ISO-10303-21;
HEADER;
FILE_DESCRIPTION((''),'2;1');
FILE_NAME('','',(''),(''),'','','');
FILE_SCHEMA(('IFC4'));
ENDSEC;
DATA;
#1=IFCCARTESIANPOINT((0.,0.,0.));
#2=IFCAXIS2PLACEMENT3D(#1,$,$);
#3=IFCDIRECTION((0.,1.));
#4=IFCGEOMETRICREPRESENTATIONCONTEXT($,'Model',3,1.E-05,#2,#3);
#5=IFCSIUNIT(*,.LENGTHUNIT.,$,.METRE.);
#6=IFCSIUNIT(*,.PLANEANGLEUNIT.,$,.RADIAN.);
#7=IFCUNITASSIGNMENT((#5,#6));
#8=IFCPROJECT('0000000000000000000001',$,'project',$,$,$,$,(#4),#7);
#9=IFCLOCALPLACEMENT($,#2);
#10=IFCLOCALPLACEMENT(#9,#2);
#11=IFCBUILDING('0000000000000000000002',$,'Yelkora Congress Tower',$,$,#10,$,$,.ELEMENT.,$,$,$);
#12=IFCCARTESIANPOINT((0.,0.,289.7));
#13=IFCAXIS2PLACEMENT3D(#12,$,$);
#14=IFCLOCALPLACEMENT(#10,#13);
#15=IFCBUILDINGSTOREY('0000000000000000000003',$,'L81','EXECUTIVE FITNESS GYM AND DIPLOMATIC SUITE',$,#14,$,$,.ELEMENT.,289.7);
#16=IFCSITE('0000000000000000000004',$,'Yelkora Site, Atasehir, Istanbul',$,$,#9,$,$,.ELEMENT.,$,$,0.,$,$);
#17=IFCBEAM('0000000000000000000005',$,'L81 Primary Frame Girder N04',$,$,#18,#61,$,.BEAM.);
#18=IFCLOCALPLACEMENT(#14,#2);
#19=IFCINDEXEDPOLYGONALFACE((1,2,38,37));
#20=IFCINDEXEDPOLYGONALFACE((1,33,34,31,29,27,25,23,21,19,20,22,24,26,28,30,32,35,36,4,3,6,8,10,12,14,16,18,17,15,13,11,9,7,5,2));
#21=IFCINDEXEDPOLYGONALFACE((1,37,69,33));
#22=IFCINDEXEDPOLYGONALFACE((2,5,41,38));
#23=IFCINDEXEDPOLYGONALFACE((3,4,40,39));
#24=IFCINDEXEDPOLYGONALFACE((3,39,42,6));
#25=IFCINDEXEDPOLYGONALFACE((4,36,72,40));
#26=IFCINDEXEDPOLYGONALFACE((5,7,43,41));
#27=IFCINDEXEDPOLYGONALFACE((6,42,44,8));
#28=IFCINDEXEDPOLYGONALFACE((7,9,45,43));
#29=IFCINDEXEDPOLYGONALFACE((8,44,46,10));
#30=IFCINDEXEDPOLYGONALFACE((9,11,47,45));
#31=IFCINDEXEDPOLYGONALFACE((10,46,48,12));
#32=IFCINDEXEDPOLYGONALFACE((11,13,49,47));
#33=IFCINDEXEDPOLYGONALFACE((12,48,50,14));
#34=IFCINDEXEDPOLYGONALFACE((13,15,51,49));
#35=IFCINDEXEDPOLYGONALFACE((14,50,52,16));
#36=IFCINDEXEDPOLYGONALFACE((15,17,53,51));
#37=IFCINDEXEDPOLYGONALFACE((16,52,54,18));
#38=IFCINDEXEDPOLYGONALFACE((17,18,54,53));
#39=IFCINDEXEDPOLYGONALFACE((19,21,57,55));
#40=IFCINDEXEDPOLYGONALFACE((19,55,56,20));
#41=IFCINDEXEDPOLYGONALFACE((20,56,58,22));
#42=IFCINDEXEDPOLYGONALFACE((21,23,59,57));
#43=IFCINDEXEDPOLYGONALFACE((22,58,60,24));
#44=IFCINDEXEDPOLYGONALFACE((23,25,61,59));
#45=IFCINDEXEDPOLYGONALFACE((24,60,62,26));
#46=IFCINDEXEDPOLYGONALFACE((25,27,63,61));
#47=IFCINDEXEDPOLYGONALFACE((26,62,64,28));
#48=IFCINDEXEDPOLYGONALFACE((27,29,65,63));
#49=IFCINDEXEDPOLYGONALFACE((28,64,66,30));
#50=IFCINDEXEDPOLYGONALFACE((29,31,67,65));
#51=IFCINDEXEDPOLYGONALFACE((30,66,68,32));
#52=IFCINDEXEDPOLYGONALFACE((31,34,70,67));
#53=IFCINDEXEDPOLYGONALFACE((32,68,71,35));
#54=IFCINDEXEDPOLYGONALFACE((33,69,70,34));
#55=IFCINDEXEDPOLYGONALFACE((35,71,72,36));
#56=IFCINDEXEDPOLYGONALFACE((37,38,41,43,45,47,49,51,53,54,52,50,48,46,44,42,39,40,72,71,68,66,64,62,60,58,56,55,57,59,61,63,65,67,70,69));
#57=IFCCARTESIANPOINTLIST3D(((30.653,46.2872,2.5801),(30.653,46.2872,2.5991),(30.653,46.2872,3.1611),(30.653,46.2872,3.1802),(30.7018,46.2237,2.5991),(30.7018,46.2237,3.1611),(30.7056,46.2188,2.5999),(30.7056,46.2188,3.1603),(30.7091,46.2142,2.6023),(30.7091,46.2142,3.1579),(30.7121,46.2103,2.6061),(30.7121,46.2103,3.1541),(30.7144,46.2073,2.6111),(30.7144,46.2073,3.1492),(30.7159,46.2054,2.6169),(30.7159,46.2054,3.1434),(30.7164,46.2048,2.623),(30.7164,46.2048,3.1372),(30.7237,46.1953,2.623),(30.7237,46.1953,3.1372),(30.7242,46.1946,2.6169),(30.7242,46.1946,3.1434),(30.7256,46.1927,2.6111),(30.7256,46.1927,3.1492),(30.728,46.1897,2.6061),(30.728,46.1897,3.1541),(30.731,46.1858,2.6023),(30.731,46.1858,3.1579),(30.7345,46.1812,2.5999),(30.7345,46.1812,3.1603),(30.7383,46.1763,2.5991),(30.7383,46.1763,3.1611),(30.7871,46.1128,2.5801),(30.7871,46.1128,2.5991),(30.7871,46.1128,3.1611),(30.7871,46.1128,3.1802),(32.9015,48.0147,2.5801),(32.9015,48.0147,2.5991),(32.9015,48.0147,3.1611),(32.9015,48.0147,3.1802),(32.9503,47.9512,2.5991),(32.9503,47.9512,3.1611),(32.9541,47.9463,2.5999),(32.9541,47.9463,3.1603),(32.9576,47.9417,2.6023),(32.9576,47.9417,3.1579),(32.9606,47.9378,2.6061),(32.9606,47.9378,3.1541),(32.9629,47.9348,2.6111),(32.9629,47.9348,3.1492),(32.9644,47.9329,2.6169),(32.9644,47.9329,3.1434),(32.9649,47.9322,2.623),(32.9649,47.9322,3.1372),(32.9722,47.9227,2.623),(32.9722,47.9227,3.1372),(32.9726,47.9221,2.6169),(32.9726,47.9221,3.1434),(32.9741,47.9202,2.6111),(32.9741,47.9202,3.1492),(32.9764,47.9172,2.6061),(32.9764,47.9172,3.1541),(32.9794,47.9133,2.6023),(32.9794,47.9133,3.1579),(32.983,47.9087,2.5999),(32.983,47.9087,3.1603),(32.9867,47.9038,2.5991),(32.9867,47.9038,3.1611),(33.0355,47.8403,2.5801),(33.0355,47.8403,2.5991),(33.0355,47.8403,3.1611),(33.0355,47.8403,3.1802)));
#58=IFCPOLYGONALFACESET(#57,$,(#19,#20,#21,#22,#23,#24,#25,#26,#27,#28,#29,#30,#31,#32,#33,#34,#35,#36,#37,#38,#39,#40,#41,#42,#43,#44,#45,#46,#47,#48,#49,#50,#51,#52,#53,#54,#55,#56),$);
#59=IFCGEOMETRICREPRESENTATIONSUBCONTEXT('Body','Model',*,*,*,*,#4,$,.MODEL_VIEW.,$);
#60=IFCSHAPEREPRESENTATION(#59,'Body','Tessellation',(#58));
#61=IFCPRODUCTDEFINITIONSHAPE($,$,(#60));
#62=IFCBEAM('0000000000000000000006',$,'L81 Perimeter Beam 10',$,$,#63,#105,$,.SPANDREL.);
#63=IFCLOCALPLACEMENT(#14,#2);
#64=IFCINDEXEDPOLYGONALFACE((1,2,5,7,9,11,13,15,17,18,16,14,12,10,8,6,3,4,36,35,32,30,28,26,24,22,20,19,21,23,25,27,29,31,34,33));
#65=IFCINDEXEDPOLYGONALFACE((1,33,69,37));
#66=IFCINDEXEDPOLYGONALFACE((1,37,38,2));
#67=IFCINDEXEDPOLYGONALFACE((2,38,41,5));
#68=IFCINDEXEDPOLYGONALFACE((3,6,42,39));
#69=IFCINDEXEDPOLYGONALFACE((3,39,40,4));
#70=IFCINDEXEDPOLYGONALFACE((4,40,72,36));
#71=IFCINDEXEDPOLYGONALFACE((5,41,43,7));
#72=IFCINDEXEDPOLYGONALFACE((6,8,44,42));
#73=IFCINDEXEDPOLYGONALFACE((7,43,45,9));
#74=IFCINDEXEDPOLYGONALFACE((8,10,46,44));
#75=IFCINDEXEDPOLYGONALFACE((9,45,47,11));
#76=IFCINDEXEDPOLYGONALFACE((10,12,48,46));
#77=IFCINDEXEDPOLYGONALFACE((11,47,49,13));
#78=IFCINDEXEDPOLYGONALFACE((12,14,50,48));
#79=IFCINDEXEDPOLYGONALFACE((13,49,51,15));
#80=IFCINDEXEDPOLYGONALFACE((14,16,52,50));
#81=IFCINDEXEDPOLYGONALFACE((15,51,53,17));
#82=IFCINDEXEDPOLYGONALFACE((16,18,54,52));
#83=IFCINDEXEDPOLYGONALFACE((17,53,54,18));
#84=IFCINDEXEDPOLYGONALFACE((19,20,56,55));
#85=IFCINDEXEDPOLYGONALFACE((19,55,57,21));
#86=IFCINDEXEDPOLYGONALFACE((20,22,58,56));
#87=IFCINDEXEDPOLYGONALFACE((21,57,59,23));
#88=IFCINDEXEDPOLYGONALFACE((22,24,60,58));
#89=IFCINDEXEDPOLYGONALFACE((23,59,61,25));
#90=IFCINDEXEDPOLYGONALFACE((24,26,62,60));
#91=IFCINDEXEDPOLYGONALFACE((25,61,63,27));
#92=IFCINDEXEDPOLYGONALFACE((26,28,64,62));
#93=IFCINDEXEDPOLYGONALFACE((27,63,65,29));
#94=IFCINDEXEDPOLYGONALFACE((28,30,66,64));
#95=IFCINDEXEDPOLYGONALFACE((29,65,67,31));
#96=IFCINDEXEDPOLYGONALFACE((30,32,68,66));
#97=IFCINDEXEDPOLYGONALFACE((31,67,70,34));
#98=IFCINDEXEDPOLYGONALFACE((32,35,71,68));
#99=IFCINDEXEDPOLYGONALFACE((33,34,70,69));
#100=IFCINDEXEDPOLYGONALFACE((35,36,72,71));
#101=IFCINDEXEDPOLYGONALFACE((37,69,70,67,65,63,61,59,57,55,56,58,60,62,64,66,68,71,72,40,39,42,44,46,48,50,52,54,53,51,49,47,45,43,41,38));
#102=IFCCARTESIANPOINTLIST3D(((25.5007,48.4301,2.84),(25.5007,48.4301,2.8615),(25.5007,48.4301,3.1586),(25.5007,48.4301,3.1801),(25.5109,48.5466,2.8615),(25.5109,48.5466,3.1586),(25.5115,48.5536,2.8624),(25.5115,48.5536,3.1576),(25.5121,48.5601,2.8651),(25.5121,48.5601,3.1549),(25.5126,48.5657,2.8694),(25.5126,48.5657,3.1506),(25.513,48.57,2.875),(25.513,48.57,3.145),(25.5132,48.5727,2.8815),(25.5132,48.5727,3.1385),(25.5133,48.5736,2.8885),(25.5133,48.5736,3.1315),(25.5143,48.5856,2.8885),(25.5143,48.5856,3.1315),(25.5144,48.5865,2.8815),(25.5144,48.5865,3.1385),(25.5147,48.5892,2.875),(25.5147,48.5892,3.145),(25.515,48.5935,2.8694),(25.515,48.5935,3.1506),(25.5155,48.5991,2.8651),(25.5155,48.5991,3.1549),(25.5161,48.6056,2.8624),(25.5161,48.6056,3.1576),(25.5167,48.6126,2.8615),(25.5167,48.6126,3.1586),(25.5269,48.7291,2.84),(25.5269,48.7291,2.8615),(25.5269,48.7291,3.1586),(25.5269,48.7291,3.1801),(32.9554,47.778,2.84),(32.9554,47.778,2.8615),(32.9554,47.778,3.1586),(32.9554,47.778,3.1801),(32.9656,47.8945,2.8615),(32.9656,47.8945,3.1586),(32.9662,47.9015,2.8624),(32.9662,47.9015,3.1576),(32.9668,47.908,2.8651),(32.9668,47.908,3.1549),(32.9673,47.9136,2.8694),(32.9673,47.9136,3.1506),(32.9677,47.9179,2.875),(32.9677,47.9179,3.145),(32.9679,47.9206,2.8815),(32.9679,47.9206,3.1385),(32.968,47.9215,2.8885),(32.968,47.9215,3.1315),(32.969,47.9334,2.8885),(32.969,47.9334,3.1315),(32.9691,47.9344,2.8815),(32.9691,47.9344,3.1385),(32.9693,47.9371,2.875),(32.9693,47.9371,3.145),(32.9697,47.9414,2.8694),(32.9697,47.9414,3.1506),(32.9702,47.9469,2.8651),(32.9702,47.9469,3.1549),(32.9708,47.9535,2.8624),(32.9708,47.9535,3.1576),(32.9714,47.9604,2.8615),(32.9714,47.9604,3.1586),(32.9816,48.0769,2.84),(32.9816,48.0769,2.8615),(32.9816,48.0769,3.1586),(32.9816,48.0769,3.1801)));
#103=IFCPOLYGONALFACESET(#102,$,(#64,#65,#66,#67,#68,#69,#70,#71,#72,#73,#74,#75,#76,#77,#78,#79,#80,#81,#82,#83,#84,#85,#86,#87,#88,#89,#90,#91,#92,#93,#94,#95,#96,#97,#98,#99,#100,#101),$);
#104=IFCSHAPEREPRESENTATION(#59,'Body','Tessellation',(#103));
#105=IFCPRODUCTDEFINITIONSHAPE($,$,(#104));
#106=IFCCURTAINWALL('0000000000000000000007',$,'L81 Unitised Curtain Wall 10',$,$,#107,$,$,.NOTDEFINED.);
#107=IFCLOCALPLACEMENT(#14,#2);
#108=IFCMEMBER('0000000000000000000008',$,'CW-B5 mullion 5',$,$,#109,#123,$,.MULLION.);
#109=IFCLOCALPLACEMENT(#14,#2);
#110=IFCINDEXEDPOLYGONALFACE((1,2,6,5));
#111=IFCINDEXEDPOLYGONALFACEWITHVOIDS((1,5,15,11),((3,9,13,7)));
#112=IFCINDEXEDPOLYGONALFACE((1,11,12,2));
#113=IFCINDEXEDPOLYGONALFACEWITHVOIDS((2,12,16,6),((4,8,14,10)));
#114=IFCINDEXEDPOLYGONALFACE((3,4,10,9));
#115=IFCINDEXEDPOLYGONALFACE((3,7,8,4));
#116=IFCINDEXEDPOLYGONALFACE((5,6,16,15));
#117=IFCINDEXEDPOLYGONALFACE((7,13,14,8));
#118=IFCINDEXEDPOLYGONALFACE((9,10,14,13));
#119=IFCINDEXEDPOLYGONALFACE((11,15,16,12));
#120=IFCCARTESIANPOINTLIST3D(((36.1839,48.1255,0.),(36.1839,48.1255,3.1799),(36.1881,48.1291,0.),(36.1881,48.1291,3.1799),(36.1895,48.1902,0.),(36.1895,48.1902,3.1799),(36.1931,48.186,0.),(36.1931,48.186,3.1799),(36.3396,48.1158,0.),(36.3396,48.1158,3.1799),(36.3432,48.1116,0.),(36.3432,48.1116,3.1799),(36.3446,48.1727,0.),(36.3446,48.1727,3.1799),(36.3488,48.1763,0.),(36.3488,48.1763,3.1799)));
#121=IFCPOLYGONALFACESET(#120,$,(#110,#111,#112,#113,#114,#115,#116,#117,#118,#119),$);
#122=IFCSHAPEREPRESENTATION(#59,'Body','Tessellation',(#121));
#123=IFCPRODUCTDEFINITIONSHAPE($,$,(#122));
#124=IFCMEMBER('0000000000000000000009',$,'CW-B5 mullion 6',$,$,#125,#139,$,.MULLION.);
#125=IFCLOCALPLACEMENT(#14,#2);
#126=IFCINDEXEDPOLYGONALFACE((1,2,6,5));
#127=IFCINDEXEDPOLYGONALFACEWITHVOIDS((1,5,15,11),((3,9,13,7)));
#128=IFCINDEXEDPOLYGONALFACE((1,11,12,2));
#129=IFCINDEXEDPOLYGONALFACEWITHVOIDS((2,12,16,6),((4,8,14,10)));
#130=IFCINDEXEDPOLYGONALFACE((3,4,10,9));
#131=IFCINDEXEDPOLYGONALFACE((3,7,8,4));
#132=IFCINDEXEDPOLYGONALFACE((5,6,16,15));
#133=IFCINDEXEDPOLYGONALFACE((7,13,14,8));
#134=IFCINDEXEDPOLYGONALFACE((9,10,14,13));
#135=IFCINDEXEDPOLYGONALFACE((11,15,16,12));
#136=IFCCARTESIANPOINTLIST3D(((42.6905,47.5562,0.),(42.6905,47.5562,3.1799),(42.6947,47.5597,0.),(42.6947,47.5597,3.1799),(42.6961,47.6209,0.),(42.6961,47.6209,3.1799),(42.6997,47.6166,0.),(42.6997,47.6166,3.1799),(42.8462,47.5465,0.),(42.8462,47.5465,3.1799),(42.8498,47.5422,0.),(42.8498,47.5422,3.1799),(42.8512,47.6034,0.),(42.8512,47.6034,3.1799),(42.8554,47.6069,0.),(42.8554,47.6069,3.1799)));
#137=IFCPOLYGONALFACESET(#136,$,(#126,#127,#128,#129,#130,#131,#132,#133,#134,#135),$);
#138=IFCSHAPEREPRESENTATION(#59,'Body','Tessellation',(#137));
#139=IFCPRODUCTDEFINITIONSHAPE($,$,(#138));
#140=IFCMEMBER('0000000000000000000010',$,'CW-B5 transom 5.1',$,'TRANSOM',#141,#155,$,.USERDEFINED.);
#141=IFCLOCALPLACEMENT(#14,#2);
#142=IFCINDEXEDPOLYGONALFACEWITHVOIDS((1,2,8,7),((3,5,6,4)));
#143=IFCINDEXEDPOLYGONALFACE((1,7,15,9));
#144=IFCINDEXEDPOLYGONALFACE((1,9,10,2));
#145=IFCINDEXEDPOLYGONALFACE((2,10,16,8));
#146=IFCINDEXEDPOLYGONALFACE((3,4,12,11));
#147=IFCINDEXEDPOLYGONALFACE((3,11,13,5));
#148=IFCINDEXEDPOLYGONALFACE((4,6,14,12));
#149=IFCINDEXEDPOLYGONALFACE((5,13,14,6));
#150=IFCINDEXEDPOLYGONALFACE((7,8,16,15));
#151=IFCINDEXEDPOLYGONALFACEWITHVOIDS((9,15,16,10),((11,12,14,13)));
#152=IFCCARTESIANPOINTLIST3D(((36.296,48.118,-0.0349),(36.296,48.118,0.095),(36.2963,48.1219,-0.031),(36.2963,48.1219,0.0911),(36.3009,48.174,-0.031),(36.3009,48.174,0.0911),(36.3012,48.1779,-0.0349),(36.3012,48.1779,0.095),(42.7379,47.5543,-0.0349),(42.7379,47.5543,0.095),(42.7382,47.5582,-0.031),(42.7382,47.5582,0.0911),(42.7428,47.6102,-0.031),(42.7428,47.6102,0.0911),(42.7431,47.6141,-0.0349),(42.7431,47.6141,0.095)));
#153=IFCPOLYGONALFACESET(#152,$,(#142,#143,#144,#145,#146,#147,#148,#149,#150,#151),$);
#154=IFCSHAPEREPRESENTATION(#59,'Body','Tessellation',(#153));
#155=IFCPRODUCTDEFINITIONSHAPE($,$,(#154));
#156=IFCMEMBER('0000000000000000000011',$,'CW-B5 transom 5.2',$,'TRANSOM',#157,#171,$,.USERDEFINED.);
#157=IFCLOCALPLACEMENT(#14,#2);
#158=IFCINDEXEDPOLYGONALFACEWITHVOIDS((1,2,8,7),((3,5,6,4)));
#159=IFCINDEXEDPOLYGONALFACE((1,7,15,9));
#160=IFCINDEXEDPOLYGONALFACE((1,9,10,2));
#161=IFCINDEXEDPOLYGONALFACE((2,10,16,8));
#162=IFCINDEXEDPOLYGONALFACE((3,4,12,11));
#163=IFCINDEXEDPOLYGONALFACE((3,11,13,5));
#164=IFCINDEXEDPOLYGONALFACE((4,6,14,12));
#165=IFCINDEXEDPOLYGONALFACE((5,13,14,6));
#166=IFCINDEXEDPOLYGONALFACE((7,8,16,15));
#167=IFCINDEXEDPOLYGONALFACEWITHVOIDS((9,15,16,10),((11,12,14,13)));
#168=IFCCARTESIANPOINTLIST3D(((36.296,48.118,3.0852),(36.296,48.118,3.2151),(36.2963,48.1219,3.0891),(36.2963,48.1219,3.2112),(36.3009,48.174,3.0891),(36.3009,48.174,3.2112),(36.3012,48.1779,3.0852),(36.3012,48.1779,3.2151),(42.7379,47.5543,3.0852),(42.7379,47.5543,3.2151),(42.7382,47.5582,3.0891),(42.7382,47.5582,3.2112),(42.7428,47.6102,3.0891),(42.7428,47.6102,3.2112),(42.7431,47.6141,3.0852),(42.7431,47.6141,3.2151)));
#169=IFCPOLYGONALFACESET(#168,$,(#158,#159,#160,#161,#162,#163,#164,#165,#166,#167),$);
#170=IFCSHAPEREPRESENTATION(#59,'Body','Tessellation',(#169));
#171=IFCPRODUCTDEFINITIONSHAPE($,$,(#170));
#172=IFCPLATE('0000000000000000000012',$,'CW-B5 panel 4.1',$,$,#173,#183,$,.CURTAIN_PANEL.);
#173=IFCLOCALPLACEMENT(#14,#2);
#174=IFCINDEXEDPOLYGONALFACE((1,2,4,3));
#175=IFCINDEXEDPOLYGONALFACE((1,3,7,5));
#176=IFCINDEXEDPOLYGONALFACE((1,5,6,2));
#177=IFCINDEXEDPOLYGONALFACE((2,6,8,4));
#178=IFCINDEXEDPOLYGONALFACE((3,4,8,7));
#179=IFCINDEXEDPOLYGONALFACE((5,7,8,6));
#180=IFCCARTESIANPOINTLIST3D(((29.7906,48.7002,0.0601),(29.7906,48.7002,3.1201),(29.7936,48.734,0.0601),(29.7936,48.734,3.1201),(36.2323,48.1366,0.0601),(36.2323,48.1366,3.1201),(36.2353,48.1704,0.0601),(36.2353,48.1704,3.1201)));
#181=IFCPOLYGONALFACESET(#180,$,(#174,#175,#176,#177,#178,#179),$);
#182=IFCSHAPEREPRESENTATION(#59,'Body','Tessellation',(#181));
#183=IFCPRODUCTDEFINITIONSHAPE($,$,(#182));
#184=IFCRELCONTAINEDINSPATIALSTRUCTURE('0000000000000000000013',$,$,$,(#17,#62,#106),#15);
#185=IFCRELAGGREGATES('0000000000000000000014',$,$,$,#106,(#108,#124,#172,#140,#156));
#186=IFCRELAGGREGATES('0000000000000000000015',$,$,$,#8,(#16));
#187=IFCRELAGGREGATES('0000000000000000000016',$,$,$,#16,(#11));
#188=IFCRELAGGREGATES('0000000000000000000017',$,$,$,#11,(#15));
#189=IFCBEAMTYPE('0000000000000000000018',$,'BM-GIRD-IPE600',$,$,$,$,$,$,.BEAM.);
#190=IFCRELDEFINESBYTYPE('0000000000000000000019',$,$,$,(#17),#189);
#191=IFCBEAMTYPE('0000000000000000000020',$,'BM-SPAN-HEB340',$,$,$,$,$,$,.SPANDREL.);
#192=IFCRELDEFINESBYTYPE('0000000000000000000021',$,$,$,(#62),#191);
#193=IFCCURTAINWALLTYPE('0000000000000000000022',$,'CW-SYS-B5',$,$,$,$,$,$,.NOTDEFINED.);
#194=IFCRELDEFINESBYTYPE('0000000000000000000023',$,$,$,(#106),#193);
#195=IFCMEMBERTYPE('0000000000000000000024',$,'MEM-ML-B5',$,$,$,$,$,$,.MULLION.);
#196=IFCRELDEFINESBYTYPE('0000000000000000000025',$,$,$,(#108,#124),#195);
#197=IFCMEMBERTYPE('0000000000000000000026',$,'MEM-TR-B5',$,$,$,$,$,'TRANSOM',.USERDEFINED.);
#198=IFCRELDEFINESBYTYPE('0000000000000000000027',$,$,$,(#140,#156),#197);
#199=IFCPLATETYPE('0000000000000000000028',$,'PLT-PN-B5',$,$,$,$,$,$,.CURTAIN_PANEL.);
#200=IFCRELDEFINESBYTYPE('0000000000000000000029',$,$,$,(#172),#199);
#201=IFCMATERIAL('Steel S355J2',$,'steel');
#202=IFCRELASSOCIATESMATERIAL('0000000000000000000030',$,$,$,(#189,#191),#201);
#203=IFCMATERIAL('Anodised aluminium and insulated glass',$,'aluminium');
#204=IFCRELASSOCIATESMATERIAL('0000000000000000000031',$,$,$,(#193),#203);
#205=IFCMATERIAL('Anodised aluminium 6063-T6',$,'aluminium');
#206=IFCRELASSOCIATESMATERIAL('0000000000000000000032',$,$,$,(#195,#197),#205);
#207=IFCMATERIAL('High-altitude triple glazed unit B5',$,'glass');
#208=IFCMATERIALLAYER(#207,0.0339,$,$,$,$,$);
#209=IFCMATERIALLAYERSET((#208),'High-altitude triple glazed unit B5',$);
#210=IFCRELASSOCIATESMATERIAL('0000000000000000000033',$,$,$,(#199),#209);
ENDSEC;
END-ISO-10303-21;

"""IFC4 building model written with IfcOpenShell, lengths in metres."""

from ifc_helpers import new_model, si_unit, direction, frame, origin, origin_2d, place, context, subcontext, project, spatial, rectangle, hollow_rectangle, i_section, extrude, material, layer, layer_set, material_profile, profile_set, type_object, element, aggregate, save


model = new_model("IFC4")

# Units and contexts
model_context = context("Model", 3, precision=1e-05, world=origin(), true_north=direction((0.0, 1.0)))
body_context = subcontext(model_context, "Body", "Model", "MODEL_VIEW")
ifc_project = project(units=[si_unit("LENGTHUNIT", "METRE"), si_unit("PLANEANGLEUNIT", "RADIAN")], contexts=[model_context])

# Site, building, storey
site_placement = place(None, origin())
site = spatial("IfcSite", under=ifc_project, at=site_placement, Name="Yelkora Site, Atasehir, Istanbul", CompositionType="ELEMENT", RefElevation=0.0)
building_placement = place(site_placement, origin())
building = spatial("IfcBuilding", under=site, at=building_placement, Name="Yelkora Congress Tower", CompositionType="ELEMENT")
storey_placement = place(building_placement, frame((0.0, 0.0, 289.7)))
storey = spatial("IfcBuildingStorey", under=building, at=storey_placement, Name="L81", Description="EXECUTIVE FITNESS GYM AND DIPLOMATIC SUITE", CompositionType="ELEMENT", Elevation=289.7)

# Shared definitions
ifc_material_1 = material(Name="Steel S355J2", Category="steel")

# Beams
ifc_material_profile_1 = material_profile(ifc_material_1, i_section(OverallWidth=0.22, OverallDepth=0.6001, WebThickness=0.012, FlangeThickness=0.019, FilletRadius=0.0239, at=origin_2d()), Name="IPE 600")
ifc_profile_set_1 = profile_set([ifc_material_profile_1], Name="Steel S355J2")
beam_type_1 = type_object("IfcBeamType", Name="BM-GIRD-IPE600", PredefinedType="BEAM", material=ifc_profile_set_1)
beam_1_placement = place(storey_placement, frame((32.9685, 47.9275, 2.8801), z_axis=(-0.792982, -0.609245, 0.0), x_axis=(0.609245, -0.792982, 0.0)))
element("IfcBeam", 1, at=beam_1_placement, inside=storey, type_object=beam_type_1, Name="L81 Primary Frame Girder N04", PredefinedType="BEAM", context=body_context, shape_type="SweptSolid", body=[
    extrude(i_section(OverallWidth=0.22, OverallDepth=0.6001, WebThickness=0.012, FlangeThickness=0.019, FilletRadius=0.0239, at=origin_2d()), origin(), (0.0, 0.0, 1.0), 2.8354),
])
ifc_material_profile_2 = material_profile(ifc_material_1, i_section(OverallWidth=0.3, OverallDepth=0.3401, WebThickness=0.012, FlangeThickness=0.0215, FilletRadius=0.0271, at=origin_2d()), Name="HEB 340")
ifc_profile_set_2 = profile_set([ifc_material_profile_2], Name="Steel S355J2")
beam_type_2 = type_object("IfcBeamType", Name="BM-SPAN-HEB340", PredefinedType="SPANDREL", material=ifc_profile_set_2)
beam_2_placement = place(storey_placement, frame((32.9685, 47.9275, 3.01), z_axis=(-0.996196, 0.087143, 0.0), x_axis=(-0.087143, -0.996196, 0.0)))
element("IfcBeam", 2, at=beam_2_placement, inside=storey, type_object=beam_type_2, Name="L81 Perimeter Beam 10", PredefinedType="SPANDREL", context=body_context, shape_type="SweptSolid", body=[
    extrude(i_section(OverallWidth=0.3, OverallDepth=0.3401, WebThickness=0.012, FlangeThickness=0.0215, FilletRadius=0.0271, at=origin_2d()), origin(), (0.0, 0.0, 1.0), 7.4832),
])

# Curtain wall, members, plate
ifc_material_2 = material(Name="Anodised aluminium and insulated glass", Category="aluminium")
curtain_wall_type = type_object("IfcCurtainWallType", Name="CW-SYS-B5", PredefinedType="NOTDEFINED", material=ifc_material_2)
curtain_wall_placement = place(storey_placement, origin())
curtain_wall = element("IfcCurtainWall", 3, at=curtain_wall_placement, inside=storey, type_object=curtain_wall_type, Name="L81 Unitised Curtain Wall 10", PredefinedType="NOTDEFINED")
ifc_material_3 = material(Name="Anodised aluminium 6063-T6", Category="aluminium")
ifc_material_profile_3 = material_profile(ifc_material_3, hollow_rectangle(XDim=0.0649, YDim=0.1599, WallThickness=0.0039, at=origin_2d()), Name="ALU 65x160x4")
ifc_profile_set_3 = profile_set([ifc_material_profile_3], Name="Anodised aluminium 6063-T6")
member_type_1 = type_object("IfcMemberType", Name="MEM-ML-B5", PredefinedType="MULLION", material=ifc_profile_set_3)
member_1_placement = place(storey_placement, frame((36.2664, 48.1509, 0.0), z_axis=(0.0, 0.0, 1.0), x_axis=(0.087157, 0.996195, 0.0)))
member_1 = element("IfcMember", 4, at=member_1_placement, type_object=member_type_1, Name="CW-B5 mullion 5", PredefinedType="MULLION", context=body_context, shape_type="SweptSolid", body=[
    extrude(hollow_rectangle(XDim=0.0649, YDim=0.1599, WallThickness=0.0039, at=origin_2d()), origin(), (0.0, 0.0, 1.0), 3.1799),
])
member_2_placement = place(storey_placement, frame((42.7729, 47.5815, 0.0), z_axis=(0.0, 0.0, 1.0), x_axis=(0.087157, 0.996195, 0.0)))
member_2 = element("IfcMember", 5, at=member_2_placement, type_object=member_type_1, Name="CW-B5 mullion 6", PredefinedType="MULLION", context=body_context, shape_type="SweptSolid", body=[
    extrude(hollow_rectangle(XDim=0.0649, YDim=0.1599, WallThickness=0.0039, at=origin_2d()), origin(), (0.0, 0.0, 1.0), 3.1799),
])
ifc_material_profile_4 = material_profile(ifc_material_3, hollow_rectangle(XDim=0.0601, YDim=0.1299, WallThickness=0.0039, at=origin_2d()), Name="ALU 60x130x4")
ifc_profile_set_4 = profile_set([ifc_material_profile_4], Name="Anodised aluminium 6063-T6")
member_type_2 = type_object("IfcMemberType", Name="MEM-TR-B5", ElementType="TRANSOM", PredefinedType="USERDEFINED", material=ifc_profile_set_4)
member_3_placement = place(storey_placement, frame((36.2986, 48.1479, 0.03), z_axis=(0.996193, -0.087175, 0.0), x_axis=(0.087175, 0.996193, 0.0)))
member_3 = element("IfcMember", 6, at=member_3_placement, type_object=member_type_2, Name="CW-B5 transom 5.1", ObjectType="TRANSOM", PredefinedType="USERDEFINED", context=body_context, shape_type="SweptSolid", body=[
    extrude(hollow_rectangle(XDim=0.0601, YDim=0.1299, WallThickness=0.0039, at=origin_2d()), origin(), (0.0, 0.0, 1.0), 6.4666),
])
member_4_placement = place(storey_placement, frame((36.2986, 48.1479, 3.1501), z_axis=(0.996193, -0.087175, 0.0), x_axis=(0.087175, 0.996193, 0.0)))
member_4 = element("IfcMember", 7, at=member_4_placement, type_object=member_type_2, Name="CW-B5 transom 5.2", ObjectType="TRANSOM", PredefinedType="USERDEFINED", context=body_context, shape_type="SweptSolid", body=[
    extrude(hollow_rectangle(XDim=0.0601, YDim=0.1299, WallThickness=0.0039, at=origin_2d()), origin(), (0.0, 0.0, 1.0), 6.4666),
])
ifc_material_4 = material(Name="High-altitude triple glazed unit B5", Category="glass")
ifc_layer_1 = layer(ifc_material_4, 0.0339)
ifc_layer_set_1 = layer_set([ifc_layer_1], Name="High-altitude triple glazed unit B5")
plate_type = type_object("IfcPlateType", Name="PLT-PN-B5", PredefinedType="CURTAIN_PANEL", material=ifc_layer_set_1)
plate_1_placement = place(storey_placement, frame((33.0129, 48.4353, 0.0601), z_axis=(0.0, 0.0, 1.0), x_axis=(0.996195, -0.087157, 0.0)))
plate_1 = element("IfcPlate", 8, at=plate_1_placement, type_object=plate_type, Name="CW-B5 panel 4.1", PredefinedType="CURTAIN_PANEL", context=body_context, shape_type="SweptSolid", body=[
    extrude(rectangle(XDim=6.4663, YDim=0.0339, at=origin_2d()), origin(), (0.0, 0.0, 1.0), 3.0601),
])
aggregate(curtain_wall, [member_1, member_2, plate_1, member_3, member_4])

save(model, "model.ifc")
